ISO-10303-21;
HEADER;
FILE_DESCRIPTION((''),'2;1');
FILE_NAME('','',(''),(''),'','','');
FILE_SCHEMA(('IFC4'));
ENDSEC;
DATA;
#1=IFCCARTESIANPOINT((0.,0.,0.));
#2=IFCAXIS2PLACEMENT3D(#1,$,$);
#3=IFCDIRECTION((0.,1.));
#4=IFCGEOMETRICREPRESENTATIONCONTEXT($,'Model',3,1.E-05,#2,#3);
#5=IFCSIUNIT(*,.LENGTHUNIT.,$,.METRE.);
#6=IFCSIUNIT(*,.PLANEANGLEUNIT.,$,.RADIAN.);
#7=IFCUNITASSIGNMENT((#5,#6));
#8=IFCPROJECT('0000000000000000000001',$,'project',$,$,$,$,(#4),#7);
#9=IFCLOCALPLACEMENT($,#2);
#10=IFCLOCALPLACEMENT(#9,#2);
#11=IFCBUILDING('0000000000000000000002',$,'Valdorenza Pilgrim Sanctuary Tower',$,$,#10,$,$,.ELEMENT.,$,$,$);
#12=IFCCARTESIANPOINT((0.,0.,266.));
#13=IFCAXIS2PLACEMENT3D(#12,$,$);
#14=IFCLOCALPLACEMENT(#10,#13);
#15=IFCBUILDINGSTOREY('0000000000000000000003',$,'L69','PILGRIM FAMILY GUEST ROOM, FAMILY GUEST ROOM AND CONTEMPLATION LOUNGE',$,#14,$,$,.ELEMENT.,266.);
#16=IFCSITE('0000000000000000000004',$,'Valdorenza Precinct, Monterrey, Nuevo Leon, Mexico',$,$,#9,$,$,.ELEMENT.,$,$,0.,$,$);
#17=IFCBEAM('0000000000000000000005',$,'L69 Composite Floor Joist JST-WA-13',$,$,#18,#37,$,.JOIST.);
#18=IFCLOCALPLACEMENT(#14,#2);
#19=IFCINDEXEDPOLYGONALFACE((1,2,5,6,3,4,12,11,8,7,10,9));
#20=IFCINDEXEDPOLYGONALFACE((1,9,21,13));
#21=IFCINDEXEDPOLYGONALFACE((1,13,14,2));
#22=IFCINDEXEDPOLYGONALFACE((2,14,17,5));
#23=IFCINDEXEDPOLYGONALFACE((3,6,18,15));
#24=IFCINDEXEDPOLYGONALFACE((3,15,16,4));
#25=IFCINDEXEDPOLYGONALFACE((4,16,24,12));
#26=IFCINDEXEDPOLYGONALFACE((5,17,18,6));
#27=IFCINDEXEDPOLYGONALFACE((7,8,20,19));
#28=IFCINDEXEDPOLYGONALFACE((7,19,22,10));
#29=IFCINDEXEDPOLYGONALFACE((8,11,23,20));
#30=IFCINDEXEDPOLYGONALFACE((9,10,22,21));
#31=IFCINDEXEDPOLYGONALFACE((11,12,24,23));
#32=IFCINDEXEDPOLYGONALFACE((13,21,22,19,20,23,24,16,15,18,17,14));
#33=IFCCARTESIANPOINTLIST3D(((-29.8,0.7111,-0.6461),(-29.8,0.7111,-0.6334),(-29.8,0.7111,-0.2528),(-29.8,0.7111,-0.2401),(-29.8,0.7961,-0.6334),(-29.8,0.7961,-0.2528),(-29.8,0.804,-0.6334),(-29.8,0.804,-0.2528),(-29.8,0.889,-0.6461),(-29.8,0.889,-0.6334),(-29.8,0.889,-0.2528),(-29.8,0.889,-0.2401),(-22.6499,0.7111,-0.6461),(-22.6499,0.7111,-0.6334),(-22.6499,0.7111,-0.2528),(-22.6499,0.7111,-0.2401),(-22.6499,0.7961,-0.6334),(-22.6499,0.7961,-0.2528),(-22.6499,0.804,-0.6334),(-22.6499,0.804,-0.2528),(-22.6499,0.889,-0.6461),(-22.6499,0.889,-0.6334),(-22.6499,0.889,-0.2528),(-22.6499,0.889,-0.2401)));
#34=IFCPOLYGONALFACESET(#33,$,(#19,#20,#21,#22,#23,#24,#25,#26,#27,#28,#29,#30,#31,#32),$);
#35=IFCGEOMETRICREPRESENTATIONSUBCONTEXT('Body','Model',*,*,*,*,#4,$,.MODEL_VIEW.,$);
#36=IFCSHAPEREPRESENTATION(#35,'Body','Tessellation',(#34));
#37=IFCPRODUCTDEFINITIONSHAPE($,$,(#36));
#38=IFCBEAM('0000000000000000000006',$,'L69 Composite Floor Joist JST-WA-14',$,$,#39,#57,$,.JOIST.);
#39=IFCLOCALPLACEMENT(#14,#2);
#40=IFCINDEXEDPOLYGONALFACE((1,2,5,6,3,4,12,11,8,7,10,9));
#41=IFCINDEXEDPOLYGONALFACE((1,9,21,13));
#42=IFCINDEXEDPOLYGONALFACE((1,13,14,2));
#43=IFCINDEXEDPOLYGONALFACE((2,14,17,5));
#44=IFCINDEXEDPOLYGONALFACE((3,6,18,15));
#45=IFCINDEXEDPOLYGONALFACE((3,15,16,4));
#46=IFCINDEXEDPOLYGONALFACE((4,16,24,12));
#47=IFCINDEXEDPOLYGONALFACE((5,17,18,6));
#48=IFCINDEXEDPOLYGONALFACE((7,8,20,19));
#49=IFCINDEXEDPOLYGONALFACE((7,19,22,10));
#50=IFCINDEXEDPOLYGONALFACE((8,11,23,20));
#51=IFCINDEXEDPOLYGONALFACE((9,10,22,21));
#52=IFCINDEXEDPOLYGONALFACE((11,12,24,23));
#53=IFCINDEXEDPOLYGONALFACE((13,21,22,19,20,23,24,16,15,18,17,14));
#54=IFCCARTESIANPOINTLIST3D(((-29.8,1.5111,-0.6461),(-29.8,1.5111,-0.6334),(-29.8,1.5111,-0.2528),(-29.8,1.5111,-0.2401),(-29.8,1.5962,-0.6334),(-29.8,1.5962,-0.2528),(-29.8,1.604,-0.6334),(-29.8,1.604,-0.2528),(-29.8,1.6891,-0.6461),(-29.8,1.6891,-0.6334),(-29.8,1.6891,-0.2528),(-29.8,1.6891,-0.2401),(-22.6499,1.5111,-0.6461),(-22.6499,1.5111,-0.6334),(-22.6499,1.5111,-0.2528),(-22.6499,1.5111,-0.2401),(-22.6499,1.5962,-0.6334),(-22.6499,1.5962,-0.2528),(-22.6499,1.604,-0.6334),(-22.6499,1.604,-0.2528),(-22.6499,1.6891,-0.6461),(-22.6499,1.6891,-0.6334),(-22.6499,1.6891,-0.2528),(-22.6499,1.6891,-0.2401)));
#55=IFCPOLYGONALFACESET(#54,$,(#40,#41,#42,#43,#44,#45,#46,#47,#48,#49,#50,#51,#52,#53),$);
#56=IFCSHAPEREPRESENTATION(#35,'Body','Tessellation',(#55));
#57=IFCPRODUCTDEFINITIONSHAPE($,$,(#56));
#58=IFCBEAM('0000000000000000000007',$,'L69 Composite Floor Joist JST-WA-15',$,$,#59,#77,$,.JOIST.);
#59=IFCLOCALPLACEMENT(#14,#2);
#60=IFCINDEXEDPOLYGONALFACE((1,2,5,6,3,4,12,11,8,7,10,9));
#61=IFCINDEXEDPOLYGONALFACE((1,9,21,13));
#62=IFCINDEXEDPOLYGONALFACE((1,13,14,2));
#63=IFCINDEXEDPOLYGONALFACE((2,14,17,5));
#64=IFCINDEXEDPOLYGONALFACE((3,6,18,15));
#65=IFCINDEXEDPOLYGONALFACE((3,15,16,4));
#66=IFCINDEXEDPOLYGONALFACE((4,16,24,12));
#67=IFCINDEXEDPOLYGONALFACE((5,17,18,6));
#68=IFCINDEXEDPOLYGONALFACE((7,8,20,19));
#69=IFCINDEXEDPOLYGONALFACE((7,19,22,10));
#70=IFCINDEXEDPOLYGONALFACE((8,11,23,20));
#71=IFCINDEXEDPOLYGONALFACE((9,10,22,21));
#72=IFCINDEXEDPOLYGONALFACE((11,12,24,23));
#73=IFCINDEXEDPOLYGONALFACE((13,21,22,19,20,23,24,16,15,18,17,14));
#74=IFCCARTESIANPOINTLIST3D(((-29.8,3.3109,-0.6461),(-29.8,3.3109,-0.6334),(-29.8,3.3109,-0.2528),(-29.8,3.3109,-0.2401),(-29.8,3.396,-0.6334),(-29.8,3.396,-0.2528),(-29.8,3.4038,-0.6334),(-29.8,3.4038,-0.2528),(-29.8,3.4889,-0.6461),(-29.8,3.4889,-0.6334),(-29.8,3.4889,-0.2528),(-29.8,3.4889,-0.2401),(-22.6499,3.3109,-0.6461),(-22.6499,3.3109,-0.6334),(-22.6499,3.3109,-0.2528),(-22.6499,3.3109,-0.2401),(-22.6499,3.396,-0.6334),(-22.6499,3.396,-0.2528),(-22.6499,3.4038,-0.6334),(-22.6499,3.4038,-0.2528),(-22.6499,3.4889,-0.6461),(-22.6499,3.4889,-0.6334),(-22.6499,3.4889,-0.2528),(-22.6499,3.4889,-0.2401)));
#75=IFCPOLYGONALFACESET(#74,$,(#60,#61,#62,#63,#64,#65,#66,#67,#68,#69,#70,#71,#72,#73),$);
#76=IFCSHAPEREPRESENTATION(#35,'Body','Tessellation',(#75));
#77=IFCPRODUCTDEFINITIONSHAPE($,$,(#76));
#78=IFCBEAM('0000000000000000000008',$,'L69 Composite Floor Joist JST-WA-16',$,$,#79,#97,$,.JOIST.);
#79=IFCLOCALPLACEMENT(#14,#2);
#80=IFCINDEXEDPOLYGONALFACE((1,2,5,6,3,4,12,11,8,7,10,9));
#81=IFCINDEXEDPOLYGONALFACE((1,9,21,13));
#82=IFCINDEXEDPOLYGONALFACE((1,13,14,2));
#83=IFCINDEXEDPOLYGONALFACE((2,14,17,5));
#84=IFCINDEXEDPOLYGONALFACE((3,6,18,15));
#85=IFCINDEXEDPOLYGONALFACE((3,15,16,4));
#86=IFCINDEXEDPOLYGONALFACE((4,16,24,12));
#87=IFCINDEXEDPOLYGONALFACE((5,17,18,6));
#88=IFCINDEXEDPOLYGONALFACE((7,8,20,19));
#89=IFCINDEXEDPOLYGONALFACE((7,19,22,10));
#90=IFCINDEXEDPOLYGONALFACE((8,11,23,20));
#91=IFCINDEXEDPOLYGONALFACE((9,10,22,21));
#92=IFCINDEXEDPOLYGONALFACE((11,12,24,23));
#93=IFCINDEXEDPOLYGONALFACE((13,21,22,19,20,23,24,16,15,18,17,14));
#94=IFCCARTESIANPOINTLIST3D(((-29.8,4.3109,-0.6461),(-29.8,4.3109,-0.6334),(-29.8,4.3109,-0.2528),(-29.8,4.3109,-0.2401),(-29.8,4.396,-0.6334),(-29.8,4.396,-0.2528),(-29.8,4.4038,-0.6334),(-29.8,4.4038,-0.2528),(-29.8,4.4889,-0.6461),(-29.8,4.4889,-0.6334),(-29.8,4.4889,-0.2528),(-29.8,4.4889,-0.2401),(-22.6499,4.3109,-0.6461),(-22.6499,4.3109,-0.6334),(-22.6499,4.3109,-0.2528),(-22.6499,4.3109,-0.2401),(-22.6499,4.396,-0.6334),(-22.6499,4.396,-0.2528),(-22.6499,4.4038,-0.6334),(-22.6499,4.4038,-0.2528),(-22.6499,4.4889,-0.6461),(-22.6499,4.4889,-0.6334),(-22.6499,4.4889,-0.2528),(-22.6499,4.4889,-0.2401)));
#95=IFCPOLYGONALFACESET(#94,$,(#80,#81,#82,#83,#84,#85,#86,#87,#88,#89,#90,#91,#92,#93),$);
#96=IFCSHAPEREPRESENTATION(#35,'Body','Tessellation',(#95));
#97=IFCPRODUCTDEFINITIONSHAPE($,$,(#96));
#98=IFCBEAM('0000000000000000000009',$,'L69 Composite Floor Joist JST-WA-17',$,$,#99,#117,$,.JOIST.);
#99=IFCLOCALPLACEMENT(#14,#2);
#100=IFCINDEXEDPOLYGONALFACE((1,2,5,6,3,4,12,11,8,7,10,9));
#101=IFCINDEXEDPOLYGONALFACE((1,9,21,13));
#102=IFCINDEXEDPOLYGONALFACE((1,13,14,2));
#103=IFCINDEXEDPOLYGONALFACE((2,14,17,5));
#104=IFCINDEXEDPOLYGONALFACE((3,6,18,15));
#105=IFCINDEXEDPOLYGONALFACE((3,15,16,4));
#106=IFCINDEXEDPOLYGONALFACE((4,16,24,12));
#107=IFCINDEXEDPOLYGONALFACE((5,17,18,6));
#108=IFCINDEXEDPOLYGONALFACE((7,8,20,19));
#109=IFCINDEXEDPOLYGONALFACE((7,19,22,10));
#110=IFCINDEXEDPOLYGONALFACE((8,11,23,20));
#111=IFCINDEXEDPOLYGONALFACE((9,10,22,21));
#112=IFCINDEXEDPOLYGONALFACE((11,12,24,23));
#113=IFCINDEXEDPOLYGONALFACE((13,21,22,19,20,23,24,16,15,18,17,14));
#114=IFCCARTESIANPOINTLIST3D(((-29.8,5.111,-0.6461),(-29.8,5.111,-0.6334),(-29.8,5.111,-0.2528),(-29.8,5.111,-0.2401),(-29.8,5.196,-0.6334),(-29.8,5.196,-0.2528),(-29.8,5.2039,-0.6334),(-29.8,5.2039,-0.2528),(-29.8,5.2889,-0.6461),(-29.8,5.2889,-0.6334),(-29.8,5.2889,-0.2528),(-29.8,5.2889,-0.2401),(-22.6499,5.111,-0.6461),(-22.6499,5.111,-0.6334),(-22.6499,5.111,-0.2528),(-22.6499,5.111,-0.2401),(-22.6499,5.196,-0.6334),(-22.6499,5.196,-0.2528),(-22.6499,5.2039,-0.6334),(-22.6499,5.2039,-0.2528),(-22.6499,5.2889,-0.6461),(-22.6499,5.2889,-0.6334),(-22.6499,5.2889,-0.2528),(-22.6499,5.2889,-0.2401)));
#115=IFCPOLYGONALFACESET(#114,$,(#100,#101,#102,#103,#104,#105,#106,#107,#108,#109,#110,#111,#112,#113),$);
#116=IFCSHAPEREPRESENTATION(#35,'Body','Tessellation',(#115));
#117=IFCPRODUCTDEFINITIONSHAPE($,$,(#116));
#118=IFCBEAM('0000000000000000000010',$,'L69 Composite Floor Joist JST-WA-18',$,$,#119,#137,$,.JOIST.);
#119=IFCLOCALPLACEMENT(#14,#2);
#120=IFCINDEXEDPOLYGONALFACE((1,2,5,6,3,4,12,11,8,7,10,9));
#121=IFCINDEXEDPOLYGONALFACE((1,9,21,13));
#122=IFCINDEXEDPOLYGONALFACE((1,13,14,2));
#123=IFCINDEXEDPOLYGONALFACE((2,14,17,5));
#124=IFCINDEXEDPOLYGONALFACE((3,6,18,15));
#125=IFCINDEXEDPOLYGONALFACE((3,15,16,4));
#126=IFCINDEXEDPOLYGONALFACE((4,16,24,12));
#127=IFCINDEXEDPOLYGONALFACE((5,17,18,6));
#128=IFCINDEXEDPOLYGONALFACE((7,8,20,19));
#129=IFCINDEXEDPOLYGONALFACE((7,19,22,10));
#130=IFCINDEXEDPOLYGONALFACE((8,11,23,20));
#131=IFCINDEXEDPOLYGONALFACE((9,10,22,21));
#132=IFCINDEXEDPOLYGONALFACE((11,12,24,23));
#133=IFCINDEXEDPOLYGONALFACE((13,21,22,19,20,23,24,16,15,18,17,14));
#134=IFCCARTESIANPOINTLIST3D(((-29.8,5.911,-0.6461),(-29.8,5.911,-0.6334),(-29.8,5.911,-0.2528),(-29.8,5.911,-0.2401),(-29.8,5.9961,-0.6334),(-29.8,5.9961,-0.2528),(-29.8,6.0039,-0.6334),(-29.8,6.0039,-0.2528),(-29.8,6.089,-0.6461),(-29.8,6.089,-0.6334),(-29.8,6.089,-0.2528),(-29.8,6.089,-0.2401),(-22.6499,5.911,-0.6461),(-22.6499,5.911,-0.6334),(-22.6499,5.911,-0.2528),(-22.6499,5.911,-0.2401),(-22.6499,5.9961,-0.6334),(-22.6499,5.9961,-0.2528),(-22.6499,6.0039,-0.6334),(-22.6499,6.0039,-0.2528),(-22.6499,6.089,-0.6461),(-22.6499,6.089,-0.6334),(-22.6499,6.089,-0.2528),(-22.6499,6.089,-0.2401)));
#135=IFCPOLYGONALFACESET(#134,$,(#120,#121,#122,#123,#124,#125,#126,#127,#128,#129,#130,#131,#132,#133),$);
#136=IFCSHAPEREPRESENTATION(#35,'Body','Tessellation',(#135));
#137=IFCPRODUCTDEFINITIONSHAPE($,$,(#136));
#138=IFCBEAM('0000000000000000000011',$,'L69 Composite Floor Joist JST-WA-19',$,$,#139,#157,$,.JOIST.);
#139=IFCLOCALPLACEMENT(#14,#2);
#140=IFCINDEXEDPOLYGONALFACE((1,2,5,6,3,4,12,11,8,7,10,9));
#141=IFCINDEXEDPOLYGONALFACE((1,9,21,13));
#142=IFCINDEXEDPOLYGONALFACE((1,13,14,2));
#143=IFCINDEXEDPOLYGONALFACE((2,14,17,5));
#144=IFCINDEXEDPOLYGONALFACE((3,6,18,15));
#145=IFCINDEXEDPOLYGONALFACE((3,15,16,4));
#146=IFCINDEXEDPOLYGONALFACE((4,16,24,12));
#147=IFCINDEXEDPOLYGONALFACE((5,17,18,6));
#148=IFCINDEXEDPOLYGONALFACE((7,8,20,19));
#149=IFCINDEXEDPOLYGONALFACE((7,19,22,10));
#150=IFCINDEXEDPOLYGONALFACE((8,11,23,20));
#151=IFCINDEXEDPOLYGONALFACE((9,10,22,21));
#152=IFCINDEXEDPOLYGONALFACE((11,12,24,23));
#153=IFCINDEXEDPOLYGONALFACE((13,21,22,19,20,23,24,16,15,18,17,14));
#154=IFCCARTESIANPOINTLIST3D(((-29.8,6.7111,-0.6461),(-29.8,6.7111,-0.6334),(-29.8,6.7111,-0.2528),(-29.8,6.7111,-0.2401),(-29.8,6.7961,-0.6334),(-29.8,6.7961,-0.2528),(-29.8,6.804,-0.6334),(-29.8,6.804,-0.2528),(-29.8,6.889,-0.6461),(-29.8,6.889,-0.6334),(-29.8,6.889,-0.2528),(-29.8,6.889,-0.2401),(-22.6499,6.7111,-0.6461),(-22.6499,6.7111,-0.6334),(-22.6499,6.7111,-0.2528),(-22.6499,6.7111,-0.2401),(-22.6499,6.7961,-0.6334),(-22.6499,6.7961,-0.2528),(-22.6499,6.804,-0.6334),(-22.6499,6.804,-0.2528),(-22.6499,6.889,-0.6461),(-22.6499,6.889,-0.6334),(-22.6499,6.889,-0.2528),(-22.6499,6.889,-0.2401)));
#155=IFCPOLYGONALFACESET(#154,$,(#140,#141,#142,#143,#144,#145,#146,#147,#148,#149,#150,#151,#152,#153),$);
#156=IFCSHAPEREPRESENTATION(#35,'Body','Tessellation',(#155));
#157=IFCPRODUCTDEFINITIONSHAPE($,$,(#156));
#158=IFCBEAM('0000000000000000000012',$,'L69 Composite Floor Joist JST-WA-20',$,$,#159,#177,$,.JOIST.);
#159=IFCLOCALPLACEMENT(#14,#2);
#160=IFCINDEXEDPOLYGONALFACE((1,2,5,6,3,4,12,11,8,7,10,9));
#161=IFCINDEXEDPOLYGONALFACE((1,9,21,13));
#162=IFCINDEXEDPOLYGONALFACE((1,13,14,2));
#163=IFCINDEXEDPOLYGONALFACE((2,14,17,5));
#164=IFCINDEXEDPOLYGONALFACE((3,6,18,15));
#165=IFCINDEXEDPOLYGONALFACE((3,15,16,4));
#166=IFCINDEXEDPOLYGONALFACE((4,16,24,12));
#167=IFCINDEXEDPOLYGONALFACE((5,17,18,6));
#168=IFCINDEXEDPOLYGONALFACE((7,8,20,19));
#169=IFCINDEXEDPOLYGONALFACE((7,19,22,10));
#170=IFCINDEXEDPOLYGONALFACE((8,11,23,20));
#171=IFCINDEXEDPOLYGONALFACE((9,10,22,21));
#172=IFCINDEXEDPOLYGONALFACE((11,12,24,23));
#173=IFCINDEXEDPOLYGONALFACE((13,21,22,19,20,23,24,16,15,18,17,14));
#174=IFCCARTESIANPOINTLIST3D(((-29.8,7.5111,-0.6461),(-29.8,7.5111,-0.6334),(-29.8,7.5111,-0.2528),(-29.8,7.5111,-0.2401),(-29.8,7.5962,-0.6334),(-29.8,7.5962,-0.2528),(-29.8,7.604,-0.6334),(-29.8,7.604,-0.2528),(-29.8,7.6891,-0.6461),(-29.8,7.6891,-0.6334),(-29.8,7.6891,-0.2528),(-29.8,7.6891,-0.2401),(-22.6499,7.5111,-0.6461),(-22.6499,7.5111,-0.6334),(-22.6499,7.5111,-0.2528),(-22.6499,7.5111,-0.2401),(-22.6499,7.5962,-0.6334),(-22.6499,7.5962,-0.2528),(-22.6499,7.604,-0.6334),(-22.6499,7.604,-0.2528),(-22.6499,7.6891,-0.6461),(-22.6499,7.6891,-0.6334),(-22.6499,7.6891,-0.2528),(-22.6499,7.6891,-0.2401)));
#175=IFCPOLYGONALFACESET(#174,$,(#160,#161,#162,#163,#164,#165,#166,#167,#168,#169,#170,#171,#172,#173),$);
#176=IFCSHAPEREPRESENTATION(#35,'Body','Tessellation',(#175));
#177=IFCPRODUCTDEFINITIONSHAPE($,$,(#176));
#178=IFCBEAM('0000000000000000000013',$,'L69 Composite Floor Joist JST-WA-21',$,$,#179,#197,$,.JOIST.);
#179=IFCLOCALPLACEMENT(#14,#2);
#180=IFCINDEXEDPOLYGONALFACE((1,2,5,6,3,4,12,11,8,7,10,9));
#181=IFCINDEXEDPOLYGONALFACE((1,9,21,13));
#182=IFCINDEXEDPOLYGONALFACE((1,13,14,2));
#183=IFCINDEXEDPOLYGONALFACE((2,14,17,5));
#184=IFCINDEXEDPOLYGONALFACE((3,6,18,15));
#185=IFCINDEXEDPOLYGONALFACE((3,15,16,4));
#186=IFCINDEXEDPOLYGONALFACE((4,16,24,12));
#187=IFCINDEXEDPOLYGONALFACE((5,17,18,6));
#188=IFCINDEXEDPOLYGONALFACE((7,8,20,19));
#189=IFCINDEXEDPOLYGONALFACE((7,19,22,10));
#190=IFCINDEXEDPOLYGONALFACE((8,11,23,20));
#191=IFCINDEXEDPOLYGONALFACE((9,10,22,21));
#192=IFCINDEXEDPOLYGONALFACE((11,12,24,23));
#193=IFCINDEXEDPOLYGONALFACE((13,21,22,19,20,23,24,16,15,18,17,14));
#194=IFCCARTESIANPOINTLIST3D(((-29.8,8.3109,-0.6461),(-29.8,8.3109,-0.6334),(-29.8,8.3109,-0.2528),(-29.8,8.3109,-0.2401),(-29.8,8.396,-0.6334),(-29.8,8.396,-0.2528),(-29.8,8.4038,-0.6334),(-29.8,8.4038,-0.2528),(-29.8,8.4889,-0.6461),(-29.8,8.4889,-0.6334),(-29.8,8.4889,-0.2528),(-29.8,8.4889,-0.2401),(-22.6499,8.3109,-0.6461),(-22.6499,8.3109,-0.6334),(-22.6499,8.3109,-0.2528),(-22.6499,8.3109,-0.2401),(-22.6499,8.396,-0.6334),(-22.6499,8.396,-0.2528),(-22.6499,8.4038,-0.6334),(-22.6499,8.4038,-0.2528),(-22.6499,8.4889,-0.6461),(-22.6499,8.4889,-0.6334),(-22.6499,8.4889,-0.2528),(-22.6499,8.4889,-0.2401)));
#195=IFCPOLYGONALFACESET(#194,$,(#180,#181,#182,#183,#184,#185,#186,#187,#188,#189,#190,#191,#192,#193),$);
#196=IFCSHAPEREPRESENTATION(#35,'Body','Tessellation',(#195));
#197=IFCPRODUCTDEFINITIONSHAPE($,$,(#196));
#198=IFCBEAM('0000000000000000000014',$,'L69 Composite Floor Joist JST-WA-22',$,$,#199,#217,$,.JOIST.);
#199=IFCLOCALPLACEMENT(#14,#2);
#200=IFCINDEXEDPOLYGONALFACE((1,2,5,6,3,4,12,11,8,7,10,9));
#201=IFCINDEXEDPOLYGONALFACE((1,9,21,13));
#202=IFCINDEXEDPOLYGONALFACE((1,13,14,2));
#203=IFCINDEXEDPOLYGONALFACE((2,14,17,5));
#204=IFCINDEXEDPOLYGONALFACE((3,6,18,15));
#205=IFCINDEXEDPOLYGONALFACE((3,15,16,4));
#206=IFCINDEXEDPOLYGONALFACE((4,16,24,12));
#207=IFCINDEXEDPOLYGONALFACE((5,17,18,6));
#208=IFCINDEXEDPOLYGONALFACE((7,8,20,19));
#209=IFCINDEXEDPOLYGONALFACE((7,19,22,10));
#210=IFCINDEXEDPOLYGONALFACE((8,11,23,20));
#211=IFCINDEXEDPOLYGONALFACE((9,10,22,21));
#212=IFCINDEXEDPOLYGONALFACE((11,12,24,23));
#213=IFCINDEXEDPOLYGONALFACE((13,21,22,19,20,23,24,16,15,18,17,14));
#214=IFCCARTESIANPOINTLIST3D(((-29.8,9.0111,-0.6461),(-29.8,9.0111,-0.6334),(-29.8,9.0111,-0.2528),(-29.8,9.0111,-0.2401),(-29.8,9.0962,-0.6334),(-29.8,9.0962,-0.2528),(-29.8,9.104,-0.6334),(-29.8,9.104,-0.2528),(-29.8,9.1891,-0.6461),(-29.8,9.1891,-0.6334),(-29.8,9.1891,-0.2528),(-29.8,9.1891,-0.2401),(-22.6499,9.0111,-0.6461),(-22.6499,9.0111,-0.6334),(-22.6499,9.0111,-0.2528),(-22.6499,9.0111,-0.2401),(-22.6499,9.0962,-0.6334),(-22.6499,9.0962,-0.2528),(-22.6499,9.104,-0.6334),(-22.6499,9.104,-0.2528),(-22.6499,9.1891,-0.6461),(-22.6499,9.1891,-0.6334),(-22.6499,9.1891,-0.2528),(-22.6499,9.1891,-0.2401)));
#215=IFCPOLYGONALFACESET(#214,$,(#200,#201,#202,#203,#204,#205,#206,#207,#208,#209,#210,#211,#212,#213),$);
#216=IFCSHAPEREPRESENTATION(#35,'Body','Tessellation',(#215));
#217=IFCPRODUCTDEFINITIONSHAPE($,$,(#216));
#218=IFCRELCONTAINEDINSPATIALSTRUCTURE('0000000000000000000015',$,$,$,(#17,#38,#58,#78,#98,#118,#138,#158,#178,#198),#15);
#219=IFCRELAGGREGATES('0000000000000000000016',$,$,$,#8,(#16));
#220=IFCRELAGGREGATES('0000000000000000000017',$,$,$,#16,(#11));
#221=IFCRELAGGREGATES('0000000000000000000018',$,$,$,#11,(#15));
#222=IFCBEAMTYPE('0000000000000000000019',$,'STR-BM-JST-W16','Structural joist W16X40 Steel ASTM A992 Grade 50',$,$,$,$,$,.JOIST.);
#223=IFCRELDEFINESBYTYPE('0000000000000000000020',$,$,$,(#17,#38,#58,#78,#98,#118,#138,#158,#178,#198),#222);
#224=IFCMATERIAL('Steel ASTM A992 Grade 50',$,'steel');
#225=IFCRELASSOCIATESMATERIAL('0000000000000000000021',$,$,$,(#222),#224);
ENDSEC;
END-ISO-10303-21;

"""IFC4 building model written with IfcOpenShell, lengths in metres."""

from ifc_helpers import new_model, si_unit, direction, frame, origin, origin_2d, place, context, subcontext, project, spatial, i_section, extrude, source, transform, mapped, material, material_profile, profile_set, type_object, element, save


model = new_model("IFC4")

# Units and contexts
model_context = context("Model", 3, precision=1e-05, world=origin(), true_north=direction((0.0, 1.0)))
body_context = subcontext(model_context, "Body", "Model", "MODEL_VIEW")
ifc_project = project(units=[si_unit("LENGTHUNIT", "METRE"), si_unit("PLANEANGLEUNIT", "RADIAN")], contexts=[model_context])

# Site, building, storey
site_placement = place(None, origin())
site = spatial("IfcSite", under=ifc_project, at=site_placement, Name="Valdorenza Precinct, Monterrey, Nuevo Leon, Mexico", CompositionType="ELEMENT", RefElevation=0.0)
building_placement = place(site_placement, origin())
building = spatial("IfcBuilding", under=site, at=building_placement, Name="Valdorenza Pilgrim Sanctuary Tower", CompositionType="ELEMENT")
storey_placement = place(building_placement, frame((0.0, 0.0, 266.0)))
storey = spatial("IfcBuildingStorey", under=building, at=storey_placement, Name="L69", Description="PILGRIM FAMILY GUEST ROOM, FAMILY GUEST ROOM AND CONTEMPLATION LOUNGE", CompositionType="ELEMENT", Elevation=266.0)

# Beams
ifc_material_1 = material(Name="Steel ASTM A992 Grade 50", Category="steel")
ifc_material_profile_1 = material_profile(ifc_material_1, i_section(OverallWidth=0.178, OverallDepth=0.406, WebThickness=0.0078, FlangeThickness=0.0127, at=origin_2d()), Name="W16X40")
ifc_profile_set_1 = profile_set([ifc_material_profile_1], Name="Steel ASTM A992 Grade 50")
beam_type = type_object("IfcBeamType", Name="STR-BM-JST-W16", Description="Structural joist W16X40 Steel ASTM A992 Grade 50", PredefinedType="JOIST", material=ifc_profile_set_1)
shared_shape_1 = source(origin(), body_context, "Body", "SweptSolid", [
    extrude(i_section(OverallWidth=0.178, OverallDepth=0.406, WebThickness=0.0078, FlangeThickness=0.0127, at=origin_2d()), origin(), (0.0, 0.0, 1.0), 7.1501),
])
for number, where, z_axis, x_axis, name in (
    (1, (-29.8, 0.8, -0.4431), (1.0, 0.0, 0.0), (0.0, 1.0, 0.0), "L69 Composite Floor Joist JST-WA-13"),
    (2, (-29.8, 1.6001, -0.4431), (1.0, 0.0, 0.0), (0.0, 1.0, 0.0), "L69 Composite Floor Joist JST-WA-14"),
    (3, (-29.8, 3.3999, -0.4431), (1.0, 0.0, 0.0), (0.0, 1.0, 0.0), "L69 Composite Floor Joist JST-WA-15"),
    (4, (-29.8, 4.3999, -0.4431), (1.0, 0.0, 0.0), (0.0, 1.0, 0.0), "L69 Composite Floor Joist JST-WA-16"),
    (5, (-29.8, 5.2, -0.4431), (1.0, 0.0, 0.0), (0.0, 1.0, 0.0), "L69 Composite Floor Joist JST-WA-17"),
    (6, (-29.8, 6.0, -0.4431), (1.0, 0.0, 0.0), (0.0, 1.0, 0.0), "L69 Composite Floor Joist JST-WA-18"),
    (7, (-29.8, 6.8, -0.4431), (1.0, 0.0, 0.0), (0.0, 1.0, 0.0), "L69 Composite Floor Joist JST-WA-19"),
    (8, (-29.8, 7.6001, -0.4431), (1.0, 0.0, 0.0), (0.0, 1.0, 0.0), "L69 Composite Floor Joist JST-WA-20"),
    (9, (-29.8, 8.3999, -0.4431), (1.0, 0.0, 0.0), (0.0, 1.0, 0.0), "L69 Composite Floor Joist JST-WA-21"),
    (10, (-29.8, 9.1001, -0.4431), (1.0, 0.0, 0.0), (0.0, 1.0, 0.0), "L69 Composite Floor Joist JST-WA-22"),
):
    element("IfcBeam", number, at=place(storey_placement, frame(where, z_axis=z_axis, x_axis=x_axis)), inside=storey, type_object=beam_type, Name=name, PredefinedType="JOIST", context=body_context, shape_type="MappedRepresentation", body=[
        mapped(shared_shape_1, transform((0.0, 0.0, 0.0), x_axis=(1.0, 0.0, 0.0), y_axis=(0.0, 1.0, 0.0), z_axis=(0.0, 0.0, 1.0), scale=1.0)),
    ])

save(model, "model.ifc")
